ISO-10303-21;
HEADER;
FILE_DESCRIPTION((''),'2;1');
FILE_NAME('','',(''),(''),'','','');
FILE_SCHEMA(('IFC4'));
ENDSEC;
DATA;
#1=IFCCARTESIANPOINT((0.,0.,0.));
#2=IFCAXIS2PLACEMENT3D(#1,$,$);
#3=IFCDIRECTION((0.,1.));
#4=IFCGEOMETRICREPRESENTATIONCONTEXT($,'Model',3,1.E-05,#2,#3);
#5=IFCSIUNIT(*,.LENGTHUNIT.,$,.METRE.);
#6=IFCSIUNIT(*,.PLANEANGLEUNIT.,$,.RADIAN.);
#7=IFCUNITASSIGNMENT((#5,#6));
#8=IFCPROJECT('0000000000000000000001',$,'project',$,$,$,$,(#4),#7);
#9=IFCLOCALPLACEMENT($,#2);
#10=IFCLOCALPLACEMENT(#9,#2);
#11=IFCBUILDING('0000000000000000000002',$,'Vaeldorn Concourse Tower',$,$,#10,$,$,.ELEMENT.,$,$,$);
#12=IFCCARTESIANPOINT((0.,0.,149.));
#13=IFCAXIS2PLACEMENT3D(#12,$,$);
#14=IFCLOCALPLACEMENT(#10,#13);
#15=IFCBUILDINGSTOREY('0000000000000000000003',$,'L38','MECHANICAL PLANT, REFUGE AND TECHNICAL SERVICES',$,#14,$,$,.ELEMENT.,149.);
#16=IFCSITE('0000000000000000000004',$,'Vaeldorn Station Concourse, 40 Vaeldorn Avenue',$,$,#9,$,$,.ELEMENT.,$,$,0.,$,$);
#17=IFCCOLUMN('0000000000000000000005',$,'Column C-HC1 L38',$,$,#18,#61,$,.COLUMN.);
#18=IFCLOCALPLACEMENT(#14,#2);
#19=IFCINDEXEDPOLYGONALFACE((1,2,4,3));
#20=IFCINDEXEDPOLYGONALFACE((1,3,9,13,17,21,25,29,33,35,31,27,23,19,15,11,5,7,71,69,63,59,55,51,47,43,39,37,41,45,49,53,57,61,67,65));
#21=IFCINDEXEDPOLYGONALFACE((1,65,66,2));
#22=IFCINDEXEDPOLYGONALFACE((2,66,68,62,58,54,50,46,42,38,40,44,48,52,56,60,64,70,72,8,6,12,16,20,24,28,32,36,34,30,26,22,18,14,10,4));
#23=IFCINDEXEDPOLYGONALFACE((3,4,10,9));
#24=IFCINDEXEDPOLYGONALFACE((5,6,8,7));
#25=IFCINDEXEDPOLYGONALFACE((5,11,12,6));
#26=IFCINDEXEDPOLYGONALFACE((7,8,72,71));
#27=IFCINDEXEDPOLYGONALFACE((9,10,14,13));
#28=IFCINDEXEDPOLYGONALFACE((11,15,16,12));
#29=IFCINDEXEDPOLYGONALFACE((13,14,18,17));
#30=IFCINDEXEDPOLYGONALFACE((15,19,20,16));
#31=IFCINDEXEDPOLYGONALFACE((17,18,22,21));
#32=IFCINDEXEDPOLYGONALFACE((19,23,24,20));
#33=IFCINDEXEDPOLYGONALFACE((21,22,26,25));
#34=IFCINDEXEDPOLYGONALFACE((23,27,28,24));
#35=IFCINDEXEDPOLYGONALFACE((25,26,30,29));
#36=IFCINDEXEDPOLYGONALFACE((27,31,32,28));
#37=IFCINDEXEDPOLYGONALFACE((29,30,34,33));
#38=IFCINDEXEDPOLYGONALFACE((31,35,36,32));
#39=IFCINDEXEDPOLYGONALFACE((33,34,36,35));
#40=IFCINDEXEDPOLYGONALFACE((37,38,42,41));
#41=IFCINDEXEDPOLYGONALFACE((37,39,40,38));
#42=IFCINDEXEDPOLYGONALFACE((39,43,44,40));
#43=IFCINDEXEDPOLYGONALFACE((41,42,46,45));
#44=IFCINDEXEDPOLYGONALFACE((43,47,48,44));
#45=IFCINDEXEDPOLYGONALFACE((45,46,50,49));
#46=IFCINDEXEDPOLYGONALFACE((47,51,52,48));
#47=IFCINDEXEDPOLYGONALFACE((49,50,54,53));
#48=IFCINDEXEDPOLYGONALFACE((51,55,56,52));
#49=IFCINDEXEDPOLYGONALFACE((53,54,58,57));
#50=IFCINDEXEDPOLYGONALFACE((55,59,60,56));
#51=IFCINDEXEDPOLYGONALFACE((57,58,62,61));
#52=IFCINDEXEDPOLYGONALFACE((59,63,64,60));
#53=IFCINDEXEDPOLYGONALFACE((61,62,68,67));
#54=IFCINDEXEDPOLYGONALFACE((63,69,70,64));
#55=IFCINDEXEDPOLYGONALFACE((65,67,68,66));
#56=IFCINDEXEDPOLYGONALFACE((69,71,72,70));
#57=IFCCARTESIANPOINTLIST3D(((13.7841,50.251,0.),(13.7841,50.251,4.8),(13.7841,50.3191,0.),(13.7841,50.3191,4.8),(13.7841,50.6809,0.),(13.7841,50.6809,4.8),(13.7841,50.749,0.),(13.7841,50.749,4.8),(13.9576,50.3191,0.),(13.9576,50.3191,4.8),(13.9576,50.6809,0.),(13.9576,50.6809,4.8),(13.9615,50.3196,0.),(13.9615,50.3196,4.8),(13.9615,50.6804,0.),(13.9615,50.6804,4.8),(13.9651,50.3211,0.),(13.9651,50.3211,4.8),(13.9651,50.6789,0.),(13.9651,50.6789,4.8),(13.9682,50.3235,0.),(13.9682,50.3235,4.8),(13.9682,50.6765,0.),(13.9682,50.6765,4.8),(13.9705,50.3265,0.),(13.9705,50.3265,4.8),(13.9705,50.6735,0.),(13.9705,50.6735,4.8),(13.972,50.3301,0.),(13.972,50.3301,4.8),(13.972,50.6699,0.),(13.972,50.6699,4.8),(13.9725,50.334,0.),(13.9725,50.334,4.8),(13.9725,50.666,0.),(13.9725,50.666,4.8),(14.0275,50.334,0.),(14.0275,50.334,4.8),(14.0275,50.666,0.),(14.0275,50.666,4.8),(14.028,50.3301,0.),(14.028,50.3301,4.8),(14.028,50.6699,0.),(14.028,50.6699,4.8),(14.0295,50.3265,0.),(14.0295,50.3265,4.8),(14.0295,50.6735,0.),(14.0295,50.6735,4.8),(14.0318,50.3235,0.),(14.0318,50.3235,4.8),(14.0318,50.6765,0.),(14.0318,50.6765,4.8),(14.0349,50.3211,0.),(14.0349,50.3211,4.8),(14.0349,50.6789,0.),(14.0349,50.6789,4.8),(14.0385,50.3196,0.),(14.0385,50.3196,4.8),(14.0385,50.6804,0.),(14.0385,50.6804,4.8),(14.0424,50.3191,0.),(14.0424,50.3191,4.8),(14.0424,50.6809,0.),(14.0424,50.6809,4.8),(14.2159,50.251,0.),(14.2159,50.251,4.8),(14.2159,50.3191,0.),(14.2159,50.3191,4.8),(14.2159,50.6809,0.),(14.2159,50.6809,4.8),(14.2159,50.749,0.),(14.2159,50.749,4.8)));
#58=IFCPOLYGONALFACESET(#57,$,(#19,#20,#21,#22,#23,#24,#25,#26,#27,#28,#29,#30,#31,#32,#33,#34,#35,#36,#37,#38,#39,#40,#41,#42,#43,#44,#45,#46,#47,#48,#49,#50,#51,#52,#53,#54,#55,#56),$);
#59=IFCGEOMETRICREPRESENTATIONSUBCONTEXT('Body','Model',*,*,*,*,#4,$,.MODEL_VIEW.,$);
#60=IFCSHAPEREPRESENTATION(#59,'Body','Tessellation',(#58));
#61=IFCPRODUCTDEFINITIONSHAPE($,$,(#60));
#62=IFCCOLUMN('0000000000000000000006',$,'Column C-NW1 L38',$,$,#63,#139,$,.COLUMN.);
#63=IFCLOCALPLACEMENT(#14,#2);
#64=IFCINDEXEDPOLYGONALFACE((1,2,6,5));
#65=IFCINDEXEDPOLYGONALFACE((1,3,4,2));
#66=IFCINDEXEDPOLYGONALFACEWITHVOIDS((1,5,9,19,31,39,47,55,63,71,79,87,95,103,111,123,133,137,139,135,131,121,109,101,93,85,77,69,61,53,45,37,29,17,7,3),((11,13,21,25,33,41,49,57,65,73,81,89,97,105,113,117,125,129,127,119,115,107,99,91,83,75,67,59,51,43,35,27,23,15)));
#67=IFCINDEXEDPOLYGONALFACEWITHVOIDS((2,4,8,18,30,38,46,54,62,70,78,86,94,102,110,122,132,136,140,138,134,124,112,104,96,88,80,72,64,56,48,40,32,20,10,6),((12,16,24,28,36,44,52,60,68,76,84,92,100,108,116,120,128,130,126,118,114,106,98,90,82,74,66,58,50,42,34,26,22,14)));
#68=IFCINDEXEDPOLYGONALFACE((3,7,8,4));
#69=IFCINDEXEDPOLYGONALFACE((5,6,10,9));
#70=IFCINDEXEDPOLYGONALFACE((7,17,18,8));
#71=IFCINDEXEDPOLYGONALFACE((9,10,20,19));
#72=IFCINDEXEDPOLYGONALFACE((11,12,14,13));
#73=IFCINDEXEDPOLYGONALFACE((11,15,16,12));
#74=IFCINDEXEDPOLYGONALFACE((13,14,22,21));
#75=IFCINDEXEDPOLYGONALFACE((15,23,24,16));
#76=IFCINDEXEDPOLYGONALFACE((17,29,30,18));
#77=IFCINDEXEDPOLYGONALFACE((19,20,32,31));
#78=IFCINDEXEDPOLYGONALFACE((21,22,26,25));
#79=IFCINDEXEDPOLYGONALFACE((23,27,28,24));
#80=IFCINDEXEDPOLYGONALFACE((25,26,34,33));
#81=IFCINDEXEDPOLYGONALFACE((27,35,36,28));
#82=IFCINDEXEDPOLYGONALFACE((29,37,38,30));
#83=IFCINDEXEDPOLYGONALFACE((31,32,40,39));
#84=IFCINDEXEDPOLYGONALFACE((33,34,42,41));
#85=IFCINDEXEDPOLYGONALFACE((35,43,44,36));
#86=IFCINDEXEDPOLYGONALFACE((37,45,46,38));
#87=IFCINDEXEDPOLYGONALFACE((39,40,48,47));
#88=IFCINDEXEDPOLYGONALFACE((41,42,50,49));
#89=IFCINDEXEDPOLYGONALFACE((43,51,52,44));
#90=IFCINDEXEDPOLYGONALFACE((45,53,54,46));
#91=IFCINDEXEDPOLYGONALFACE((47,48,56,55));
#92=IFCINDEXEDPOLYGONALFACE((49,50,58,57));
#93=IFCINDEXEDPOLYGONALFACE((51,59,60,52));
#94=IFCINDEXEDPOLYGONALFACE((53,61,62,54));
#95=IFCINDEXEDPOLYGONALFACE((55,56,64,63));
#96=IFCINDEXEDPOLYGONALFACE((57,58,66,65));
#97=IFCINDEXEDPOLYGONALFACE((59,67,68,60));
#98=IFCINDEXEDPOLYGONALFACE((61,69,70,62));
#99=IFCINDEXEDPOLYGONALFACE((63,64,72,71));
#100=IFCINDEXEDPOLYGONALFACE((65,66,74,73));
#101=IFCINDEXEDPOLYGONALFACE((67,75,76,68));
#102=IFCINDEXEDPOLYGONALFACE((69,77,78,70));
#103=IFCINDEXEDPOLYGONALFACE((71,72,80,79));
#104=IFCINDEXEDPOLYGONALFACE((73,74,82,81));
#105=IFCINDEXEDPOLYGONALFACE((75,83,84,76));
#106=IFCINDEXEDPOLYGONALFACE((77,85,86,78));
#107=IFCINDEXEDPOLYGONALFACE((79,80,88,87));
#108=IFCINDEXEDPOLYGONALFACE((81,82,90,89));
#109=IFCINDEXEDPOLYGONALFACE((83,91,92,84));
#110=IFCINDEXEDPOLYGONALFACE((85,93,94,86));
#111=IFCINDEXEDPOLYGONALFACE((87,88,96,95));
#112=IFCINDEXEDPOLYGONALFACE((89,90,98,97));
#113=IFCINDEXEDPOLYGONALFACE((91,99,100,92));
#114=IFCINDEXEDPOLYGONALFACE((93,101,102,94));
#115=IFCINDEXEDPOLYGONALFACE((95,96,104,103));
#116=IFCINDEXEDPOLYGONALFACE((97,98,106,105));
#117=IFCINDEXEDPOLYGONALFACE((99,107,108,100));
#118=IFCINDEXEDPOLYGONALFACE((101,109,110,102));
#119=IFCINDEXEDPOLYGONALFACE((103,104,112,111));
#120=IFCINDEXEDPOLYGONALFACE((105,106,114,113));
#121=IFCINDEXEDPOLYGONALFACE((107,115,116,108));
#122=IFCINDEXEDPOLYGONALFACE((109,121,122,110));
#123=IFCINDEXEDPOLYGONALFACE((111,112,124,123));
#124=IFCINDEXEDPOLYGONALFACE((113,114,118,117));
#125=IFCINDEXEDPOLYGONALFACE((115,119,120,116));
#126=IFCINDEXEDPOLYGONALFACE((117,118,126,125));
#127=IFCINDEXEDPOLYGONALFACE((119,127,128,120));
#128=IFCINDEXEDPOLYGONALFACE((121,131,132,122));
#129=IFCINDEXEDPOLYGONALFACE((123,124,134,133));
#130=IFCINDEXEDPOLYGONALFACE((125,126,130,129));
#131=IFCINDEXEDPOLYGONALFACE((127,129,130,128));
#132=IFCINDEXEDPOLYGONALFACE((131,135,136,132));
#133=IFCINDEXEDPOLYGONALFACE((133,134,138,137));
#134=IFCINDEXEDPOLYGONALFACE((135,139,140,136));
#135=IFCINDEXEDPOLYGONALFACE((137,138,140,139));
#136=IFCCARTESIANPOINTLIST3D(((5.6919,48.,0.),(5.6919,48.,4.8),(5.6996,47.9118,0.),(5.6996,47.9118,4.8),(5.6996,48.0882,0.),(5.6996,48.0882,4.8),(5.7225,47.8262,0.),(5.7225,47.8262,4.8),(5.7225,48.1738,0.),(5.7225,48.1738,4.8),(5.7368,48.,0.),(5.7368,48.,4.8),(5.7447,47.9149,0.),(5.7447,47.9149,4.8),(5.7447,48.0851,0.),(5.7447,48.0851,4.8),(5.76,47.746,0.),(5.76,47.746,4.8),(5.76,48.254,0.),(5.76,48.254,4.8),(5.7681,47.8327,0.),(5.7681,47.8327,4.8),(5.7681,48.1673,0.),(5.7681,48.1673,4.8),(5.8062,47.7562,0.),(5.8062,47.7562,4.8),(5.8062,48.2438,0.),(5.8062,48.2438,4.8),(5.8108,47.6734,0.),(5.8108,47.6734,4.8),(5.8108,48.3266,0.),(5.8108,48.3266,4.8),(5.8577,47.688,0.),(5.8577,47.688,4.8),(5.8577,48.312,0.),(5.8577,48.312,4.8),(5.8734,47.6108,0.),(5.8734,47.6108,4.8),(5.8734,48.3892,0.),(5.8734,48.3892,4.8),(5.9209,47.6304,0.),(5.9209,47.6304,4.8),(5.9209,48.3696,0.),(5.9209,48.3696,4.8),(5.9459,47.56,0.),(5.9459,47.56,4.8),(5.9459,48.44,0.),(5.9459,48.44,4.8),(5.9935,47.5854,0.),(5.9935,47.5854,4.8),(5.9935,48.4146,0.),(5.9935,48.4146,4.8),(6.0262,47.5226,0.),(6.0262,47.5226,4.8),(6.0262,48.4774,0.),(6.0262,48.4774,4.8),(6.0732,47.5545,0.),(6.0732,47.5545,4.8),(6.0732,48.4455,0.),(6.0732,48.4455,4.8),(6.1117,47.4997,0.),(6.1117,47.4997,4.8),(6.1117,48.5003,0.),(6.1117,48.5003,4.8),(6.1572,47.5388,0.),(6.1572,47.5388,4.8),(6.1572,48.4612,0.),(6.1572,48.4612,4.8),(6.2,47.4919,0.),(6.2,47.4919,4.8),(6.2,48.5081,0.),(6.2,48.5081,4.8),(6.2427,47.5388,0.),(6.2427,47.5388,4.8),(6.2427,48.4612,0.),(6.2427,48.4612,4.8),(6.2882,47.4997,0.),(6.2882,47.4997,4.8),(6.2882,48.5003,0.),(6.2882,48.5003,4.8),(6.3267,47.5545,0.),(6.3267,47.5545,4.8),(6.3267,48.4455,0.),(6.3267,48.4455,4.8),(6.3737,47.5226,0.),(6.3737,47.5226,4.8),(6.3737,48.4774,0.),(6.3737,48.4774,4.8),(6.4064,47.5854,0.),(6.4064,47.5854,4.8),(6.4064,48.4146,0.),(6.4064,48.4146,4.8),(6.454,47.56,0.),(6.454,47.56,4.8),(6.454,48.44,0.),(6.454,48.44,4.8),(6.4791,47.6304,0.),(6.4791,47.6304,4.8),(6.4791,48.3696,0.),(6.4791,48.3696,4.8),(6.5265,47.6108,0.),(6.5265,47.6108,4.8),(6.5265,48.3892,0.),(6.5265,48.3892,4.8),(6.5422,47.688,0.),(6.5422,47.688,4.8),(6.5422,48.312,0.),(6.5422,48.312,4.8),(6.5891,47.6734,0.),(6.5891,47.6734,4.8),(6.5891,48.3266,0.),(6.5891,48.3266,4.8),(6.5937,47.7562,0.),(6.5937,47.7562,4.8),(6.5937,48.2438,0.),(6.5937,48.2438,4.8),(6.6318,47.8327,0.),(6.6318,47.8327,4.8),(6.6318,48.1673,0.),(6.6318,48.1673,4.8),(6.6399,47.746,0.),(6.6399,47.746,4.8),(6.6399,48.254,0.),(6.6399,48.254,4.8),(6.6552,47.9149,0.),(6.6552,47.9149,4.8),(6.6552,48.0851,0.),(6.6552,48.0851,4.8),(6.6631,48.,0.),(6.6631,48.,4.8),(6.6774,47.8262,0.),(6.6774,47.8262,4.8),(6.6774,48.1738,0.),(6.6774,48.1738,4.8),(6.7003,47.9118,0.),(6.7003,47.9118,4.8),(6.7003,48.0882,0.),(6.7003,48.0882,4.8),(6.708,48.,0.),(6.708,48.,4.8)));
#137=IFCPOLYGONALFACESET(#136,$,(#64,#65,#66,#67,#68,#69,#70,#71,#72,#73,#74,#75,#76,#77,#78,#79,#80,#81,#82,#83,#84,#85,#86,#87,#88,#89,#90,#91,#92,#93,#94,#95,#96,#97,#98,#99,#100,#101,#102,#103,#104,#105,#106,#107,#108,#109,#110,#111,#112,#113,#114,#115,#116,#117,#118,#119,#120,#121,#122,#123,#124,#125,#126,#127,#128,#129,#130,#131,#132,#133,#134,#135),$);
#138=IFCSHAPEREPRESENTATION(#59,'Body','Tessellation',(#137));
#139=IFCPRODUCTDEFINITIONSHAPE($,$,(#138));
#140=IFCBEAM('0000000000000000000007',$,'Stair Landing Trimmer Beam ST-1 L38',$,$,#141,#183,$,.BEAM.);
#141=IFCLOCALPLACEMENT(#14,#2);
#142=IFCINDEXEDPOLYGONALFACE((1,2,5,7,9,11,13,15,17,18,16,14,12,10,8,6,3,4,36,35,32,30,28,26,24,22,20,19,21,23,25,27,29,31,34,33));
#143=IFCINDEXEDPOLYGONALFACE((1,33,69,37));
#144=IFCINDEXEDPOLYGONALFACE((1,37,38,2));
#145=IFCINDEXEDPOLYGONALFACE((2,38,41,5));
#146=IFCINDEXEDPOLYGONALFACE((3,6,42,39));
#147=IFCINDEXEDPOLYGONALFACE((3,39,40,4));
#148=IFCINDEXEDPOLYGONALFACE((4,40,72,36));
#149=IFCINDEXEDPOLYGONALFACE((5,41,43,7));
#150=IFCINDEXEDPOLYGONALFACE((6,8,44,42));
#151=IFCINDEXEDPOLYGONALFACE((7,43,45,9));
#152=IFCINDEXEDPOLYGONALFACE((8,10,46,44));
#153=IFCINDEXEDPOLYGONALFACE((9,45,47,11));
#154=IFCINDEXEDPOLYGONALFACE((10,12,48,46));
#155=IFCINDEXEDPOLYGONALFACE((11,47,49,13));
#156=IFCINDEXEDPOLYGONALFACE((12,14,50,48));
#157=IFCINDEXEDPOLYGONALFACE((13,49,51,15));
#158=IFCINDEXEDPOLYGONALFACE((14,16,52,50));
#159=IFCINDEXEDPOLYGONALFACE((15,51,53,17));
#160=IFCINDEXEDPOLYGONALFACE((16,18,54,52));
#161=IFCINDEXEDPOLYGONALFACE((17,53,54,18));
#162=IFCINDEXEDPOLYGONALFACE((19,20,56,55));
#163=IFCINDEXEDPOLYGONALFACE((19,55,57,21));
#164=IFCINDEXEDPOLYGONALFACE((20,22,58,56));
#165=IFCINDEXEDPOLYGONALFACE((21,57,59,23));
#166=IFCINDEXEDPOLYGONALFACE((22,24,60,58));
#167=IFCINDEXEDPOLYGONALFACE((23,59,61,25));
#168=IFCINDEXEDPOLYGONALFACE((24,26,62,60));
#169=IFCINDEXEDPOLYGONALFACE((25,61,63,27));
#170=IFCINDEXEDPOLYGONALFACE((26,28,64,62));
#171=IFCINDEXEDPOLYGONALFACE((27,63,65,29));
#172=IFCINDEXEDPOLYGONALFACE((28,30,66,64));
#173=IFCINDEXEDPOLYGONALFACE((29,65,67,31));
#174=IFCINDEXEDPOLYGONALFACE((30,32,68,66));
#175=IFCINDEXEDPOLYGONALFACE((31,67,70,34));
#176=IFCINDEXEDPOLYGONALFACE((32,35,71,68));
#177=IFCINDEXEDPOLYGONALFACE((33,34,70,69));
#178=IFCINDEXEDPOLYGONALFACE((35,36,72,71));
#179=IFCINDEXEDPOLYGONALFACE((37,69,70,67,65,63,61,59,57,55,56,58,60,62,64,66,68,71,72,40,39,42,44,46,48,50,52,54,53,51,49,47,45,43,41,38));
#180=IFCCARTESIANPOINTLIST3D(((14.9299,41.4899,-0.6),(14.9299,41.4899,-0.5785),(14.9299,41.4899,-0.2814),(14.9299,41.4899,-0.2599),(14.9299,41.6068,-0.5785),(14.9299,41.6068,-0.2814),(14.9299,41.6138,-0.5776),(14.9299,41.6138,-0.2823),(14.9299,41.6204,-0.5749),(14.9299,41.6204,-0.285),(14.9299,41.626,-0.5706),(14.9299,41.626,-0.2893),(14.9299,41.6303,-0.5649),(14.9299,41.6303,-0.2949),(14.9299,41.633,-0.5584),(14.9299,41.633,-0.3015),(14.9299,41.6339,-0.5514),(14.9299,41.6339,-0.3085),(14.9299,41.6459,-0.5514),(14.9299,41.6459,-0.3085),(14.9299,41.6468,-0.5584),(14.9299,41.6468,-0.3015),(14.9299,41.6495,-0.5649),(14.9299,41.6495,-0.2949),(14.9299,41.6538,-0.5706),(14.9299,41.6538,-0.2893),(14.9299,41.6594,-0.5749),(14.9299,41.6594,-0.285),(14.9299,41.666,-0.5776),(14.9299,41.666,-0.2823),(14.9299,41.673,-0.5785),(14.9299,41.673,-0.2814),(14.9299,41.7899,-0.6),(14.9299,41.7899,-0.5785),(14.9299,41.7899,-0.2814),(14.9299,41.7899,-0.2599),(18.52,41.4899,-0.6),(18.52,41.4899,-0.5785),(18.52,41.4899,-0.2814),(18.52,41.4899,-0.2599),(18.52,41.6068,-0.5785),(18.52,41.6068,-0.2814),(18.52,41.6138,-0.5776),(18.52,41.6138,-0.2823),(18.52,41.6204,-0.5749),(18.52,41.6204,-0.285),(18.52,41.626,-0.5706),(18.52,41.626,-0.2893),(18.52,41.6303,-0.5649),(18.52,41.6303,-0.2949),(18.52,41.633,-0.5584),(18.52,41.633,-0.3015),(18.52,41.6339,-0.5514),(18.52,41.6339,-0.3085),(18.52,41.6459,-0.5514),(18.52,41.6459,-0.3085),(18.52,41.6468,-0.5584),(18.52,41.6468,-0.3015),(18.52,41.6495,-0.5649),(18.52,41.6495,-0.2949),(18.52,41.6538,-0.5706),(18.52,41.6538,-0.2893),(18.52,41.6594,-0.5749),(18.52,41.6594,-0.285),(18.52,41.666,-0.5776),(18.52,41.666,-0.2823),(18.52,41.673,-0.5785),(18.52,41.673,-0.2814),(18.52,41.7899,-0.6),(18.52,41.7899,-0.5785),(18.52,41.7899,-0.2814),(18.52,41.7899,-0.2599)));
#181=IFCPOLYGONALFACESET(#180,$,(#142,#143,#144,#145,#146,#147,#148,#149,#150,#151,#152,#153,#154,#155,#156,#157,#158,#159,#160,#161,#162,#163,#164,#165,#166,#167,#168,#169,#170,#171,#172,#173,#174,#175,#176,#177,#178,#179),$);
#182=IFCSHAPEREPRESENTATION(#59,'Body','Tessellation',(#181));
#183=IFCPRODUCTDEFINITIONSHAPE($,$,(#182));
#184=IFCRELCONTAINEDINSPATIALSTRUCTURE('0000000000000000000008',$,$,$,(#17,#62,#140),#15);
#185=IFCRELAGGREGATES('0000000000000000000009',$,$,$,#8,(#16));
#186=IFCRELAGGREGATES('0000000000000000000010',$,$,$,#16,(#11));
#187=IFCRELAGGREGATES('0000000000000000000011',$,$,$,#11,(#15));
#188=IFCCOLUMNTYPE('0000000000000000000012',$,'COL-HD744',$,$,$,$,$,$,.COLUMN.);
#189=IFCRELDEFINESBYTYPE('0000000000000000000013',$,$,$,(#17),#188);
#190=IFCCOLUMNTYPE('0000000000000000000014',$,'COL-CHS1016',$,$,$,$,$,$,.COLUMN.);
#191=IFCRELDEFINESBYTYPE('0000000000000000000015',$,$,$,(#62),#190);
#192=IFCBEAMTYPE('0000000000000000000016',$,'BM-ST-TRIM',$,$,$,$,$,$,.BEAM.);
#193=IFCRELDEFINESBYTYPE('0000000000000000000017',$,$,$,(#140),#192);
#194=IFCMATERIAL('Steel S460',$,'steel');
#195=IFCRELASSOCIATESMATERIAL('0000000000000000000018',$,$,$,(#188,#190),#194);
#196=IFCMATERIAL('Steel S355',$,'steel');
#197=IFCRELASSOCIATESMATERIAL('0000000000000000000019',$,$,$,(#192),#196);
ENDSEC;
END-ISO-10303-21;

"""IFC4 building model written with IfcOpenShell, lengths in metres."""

from ifc_helpers import new_model, si_unit, direction, frame, origin, origin_2d, place, context, subcontext, project, spatial, hollow_circle, i_section, extrude, source, transform, mapped, material, material_profile, profile_set, type_object, element, save


model = new_model("IFC4")

# Units and contexts
model_context = context("Model", 3, precision=1e-05, world=origin(), true_north=direction((0.0, 1.0)))
body_context = subcontext(model_context, "Body", "Model", "MODEL_VIEW")
ifc_project = project(units=[si_unit("LENGTHUNIT", "METRE"), si_unit("PLANEANGLEUNIT", "RADIAN")], contexts=[model_context])

# Site, building, storey
site_placement = place(None, origin())
site = spatial("IfcSite", under=ifc_project, at=site_placement, Name="Vaeldorn Station Concourse, 40 Vaeldorn Avenue", CompositionType="ELEMENT", RefElevation=0.0)
building_placement = place(site_placement, origin())
building = spatial("IfcBuilding", under=site, at=building_placement, Name="Vaeldorn Concourse Tower", CompositionType="ELEMENT")
storey_placement = place(building_placement, frame((0.0, 0.0, 149.0)))
storey = spatial("IfcBuildingStorey", under=building, at=storey_placement, Name="L38", Description="MECHANICAL PLANT, REFUGE AND TECHNICAL SERVICES", CompositionType="ELEMENT", Elevation=149.0)

# Columns
ifc_material_1 = material(Name="Steel S460", Category="steel")
ifc_material_profile_1 = material_profile(ifc_material_1, i_section(OverallWidth=0.4319, OverallDepth=0.498, WebThickness=0.0549, FlangeThickness=0.0681, FilletRadius=0.0149, at=origin_2d()), Name="HD 400x744")
ifc_profile_set_1 = profile_set([ifc_material_profile_1], Name="Steel S460")
column_type_1 = type_object("IfcColumnType", Name="COL-HD744", PredefinedType="COLUMN", material=ifc_profile_set_1)
shared_shape_1 = source(origin(), body_context, "Body", "SweptSolid", [
    extrude(i_section(OverallWidth=0.4319, OverallDepth=0.498, WebThickness=0.0549, FlangeThickness=0.0681, FilletRadius=0.0149, at=origin_2d()), origin(), (0.0, 0.0, 1.0), 4.8),
])
column_1_placement = place(storey_placement, frame((14.0, 50.5, 0.0), z_axis=(0.0, 0.0, 1.0), x_axis=(1.0, 0.0, 0.0)))
element("IfcColumn", 1, at=column_1_placement, inside=storey, type_object=column_type_1, Name="Column C-HC1 L38", PredefinedType="COLUMN", context=body_context, shape_type="MappedRepresentation", body=[
    mapped(shared_shape_1, transform((0.0, 0.0, 0.0), scale=1.0)),
])
ifc_material_profile_2 = material_profile(ifc_material_1, hollow_circle(Radius=0.5081, WallThickness=0.0449, at=origin_2d()), Name="CHS 1016x45")
ifc_profile_set_2 = profile_set([ifc_material_profile_2], Name="Steel S460")
column_type_2 = type_object("IfcColumnType", Name="COL-CHS1016", PredefinedType="COLUMN", material=ifc_profile_set_2)
shared_shape_2 = source(origin(), body_context, "Body", "SweptSolid", [
    extrude(hollow_circle(Radius=0.5081, WallThickness=0.0449, at=origin_2d()), origin(), (0.0, 0.0, 1.0), 4.8),
])
column_2_placement = place(storey_placement, frame((6.2, 48.0, 0.0), z_axis=(0.0, 0.0, 1.0), x_axis=(1.0, 0.0, 0.0)))
element("IfcColumn", 2, at=column_2_placement, inside=storey, type_object=column_type_2, Name="Column C-NW1 L38", PredefinedType="COLUMN", context=body_context, shape_type="MappedRepresentation", body=[
    mapped(shared_shape_2, transform((0.0, 0.0, 0.0), scale=1.0)),
])

# Beam
ifc_material_2 = material(Name="Steel S355", Category="steel")
ifc_material_profile_3 = material_profile(ifc_material_2, i_section(OverallWidth=0.3, OverallDepth=0.3401, WebThickness=0.012, FlangeThickness=0.0215, FilletRadius=0.0271, at=origin_2d()), Name="HEB 340")
ifc_profile_set_3 = profile_set([ifc_material_profile_3], Name="Steel S355")
beam_type_1 = type_object("IfcBeamType", Name="BM-ST-TRIM", PredefinedType="BEAM", material=ifc_profile_set_3)
shared_shape_3 = source(origin(), body_context, "Body", "SweptSolid", [
    extrude(i_section(OverallWidth=0.3, OverallDepth=0.3401, WebThickness=0.012, FlangeThickness=0.0215, FilletRadius=0.0271, at=origin_2d()), origin(), (0.0, 0.0, 1.0), 3.5901),
])
beam_1_placement = place(storey_placement, frame((14.9299, 41.6399, -0.4299), z_axis=(1.0, 0.0, 0.0), x_axis=(0.0, 1.0, 0.0)))
element("IfcBeam", 3, at=beam_1_placement, inside=storey, type_object=beam_type_1, Name="Stair Landing Trimmer Beam ST-1 L38", PredefinedType="BEAM", context=body_context, shape_type="MappedRepresentation", body=[
    mapped(shared_shape_3, transform((0.0, 0.0, 0.0), scale=1.0)),
])

save(model, "model.ifc")
